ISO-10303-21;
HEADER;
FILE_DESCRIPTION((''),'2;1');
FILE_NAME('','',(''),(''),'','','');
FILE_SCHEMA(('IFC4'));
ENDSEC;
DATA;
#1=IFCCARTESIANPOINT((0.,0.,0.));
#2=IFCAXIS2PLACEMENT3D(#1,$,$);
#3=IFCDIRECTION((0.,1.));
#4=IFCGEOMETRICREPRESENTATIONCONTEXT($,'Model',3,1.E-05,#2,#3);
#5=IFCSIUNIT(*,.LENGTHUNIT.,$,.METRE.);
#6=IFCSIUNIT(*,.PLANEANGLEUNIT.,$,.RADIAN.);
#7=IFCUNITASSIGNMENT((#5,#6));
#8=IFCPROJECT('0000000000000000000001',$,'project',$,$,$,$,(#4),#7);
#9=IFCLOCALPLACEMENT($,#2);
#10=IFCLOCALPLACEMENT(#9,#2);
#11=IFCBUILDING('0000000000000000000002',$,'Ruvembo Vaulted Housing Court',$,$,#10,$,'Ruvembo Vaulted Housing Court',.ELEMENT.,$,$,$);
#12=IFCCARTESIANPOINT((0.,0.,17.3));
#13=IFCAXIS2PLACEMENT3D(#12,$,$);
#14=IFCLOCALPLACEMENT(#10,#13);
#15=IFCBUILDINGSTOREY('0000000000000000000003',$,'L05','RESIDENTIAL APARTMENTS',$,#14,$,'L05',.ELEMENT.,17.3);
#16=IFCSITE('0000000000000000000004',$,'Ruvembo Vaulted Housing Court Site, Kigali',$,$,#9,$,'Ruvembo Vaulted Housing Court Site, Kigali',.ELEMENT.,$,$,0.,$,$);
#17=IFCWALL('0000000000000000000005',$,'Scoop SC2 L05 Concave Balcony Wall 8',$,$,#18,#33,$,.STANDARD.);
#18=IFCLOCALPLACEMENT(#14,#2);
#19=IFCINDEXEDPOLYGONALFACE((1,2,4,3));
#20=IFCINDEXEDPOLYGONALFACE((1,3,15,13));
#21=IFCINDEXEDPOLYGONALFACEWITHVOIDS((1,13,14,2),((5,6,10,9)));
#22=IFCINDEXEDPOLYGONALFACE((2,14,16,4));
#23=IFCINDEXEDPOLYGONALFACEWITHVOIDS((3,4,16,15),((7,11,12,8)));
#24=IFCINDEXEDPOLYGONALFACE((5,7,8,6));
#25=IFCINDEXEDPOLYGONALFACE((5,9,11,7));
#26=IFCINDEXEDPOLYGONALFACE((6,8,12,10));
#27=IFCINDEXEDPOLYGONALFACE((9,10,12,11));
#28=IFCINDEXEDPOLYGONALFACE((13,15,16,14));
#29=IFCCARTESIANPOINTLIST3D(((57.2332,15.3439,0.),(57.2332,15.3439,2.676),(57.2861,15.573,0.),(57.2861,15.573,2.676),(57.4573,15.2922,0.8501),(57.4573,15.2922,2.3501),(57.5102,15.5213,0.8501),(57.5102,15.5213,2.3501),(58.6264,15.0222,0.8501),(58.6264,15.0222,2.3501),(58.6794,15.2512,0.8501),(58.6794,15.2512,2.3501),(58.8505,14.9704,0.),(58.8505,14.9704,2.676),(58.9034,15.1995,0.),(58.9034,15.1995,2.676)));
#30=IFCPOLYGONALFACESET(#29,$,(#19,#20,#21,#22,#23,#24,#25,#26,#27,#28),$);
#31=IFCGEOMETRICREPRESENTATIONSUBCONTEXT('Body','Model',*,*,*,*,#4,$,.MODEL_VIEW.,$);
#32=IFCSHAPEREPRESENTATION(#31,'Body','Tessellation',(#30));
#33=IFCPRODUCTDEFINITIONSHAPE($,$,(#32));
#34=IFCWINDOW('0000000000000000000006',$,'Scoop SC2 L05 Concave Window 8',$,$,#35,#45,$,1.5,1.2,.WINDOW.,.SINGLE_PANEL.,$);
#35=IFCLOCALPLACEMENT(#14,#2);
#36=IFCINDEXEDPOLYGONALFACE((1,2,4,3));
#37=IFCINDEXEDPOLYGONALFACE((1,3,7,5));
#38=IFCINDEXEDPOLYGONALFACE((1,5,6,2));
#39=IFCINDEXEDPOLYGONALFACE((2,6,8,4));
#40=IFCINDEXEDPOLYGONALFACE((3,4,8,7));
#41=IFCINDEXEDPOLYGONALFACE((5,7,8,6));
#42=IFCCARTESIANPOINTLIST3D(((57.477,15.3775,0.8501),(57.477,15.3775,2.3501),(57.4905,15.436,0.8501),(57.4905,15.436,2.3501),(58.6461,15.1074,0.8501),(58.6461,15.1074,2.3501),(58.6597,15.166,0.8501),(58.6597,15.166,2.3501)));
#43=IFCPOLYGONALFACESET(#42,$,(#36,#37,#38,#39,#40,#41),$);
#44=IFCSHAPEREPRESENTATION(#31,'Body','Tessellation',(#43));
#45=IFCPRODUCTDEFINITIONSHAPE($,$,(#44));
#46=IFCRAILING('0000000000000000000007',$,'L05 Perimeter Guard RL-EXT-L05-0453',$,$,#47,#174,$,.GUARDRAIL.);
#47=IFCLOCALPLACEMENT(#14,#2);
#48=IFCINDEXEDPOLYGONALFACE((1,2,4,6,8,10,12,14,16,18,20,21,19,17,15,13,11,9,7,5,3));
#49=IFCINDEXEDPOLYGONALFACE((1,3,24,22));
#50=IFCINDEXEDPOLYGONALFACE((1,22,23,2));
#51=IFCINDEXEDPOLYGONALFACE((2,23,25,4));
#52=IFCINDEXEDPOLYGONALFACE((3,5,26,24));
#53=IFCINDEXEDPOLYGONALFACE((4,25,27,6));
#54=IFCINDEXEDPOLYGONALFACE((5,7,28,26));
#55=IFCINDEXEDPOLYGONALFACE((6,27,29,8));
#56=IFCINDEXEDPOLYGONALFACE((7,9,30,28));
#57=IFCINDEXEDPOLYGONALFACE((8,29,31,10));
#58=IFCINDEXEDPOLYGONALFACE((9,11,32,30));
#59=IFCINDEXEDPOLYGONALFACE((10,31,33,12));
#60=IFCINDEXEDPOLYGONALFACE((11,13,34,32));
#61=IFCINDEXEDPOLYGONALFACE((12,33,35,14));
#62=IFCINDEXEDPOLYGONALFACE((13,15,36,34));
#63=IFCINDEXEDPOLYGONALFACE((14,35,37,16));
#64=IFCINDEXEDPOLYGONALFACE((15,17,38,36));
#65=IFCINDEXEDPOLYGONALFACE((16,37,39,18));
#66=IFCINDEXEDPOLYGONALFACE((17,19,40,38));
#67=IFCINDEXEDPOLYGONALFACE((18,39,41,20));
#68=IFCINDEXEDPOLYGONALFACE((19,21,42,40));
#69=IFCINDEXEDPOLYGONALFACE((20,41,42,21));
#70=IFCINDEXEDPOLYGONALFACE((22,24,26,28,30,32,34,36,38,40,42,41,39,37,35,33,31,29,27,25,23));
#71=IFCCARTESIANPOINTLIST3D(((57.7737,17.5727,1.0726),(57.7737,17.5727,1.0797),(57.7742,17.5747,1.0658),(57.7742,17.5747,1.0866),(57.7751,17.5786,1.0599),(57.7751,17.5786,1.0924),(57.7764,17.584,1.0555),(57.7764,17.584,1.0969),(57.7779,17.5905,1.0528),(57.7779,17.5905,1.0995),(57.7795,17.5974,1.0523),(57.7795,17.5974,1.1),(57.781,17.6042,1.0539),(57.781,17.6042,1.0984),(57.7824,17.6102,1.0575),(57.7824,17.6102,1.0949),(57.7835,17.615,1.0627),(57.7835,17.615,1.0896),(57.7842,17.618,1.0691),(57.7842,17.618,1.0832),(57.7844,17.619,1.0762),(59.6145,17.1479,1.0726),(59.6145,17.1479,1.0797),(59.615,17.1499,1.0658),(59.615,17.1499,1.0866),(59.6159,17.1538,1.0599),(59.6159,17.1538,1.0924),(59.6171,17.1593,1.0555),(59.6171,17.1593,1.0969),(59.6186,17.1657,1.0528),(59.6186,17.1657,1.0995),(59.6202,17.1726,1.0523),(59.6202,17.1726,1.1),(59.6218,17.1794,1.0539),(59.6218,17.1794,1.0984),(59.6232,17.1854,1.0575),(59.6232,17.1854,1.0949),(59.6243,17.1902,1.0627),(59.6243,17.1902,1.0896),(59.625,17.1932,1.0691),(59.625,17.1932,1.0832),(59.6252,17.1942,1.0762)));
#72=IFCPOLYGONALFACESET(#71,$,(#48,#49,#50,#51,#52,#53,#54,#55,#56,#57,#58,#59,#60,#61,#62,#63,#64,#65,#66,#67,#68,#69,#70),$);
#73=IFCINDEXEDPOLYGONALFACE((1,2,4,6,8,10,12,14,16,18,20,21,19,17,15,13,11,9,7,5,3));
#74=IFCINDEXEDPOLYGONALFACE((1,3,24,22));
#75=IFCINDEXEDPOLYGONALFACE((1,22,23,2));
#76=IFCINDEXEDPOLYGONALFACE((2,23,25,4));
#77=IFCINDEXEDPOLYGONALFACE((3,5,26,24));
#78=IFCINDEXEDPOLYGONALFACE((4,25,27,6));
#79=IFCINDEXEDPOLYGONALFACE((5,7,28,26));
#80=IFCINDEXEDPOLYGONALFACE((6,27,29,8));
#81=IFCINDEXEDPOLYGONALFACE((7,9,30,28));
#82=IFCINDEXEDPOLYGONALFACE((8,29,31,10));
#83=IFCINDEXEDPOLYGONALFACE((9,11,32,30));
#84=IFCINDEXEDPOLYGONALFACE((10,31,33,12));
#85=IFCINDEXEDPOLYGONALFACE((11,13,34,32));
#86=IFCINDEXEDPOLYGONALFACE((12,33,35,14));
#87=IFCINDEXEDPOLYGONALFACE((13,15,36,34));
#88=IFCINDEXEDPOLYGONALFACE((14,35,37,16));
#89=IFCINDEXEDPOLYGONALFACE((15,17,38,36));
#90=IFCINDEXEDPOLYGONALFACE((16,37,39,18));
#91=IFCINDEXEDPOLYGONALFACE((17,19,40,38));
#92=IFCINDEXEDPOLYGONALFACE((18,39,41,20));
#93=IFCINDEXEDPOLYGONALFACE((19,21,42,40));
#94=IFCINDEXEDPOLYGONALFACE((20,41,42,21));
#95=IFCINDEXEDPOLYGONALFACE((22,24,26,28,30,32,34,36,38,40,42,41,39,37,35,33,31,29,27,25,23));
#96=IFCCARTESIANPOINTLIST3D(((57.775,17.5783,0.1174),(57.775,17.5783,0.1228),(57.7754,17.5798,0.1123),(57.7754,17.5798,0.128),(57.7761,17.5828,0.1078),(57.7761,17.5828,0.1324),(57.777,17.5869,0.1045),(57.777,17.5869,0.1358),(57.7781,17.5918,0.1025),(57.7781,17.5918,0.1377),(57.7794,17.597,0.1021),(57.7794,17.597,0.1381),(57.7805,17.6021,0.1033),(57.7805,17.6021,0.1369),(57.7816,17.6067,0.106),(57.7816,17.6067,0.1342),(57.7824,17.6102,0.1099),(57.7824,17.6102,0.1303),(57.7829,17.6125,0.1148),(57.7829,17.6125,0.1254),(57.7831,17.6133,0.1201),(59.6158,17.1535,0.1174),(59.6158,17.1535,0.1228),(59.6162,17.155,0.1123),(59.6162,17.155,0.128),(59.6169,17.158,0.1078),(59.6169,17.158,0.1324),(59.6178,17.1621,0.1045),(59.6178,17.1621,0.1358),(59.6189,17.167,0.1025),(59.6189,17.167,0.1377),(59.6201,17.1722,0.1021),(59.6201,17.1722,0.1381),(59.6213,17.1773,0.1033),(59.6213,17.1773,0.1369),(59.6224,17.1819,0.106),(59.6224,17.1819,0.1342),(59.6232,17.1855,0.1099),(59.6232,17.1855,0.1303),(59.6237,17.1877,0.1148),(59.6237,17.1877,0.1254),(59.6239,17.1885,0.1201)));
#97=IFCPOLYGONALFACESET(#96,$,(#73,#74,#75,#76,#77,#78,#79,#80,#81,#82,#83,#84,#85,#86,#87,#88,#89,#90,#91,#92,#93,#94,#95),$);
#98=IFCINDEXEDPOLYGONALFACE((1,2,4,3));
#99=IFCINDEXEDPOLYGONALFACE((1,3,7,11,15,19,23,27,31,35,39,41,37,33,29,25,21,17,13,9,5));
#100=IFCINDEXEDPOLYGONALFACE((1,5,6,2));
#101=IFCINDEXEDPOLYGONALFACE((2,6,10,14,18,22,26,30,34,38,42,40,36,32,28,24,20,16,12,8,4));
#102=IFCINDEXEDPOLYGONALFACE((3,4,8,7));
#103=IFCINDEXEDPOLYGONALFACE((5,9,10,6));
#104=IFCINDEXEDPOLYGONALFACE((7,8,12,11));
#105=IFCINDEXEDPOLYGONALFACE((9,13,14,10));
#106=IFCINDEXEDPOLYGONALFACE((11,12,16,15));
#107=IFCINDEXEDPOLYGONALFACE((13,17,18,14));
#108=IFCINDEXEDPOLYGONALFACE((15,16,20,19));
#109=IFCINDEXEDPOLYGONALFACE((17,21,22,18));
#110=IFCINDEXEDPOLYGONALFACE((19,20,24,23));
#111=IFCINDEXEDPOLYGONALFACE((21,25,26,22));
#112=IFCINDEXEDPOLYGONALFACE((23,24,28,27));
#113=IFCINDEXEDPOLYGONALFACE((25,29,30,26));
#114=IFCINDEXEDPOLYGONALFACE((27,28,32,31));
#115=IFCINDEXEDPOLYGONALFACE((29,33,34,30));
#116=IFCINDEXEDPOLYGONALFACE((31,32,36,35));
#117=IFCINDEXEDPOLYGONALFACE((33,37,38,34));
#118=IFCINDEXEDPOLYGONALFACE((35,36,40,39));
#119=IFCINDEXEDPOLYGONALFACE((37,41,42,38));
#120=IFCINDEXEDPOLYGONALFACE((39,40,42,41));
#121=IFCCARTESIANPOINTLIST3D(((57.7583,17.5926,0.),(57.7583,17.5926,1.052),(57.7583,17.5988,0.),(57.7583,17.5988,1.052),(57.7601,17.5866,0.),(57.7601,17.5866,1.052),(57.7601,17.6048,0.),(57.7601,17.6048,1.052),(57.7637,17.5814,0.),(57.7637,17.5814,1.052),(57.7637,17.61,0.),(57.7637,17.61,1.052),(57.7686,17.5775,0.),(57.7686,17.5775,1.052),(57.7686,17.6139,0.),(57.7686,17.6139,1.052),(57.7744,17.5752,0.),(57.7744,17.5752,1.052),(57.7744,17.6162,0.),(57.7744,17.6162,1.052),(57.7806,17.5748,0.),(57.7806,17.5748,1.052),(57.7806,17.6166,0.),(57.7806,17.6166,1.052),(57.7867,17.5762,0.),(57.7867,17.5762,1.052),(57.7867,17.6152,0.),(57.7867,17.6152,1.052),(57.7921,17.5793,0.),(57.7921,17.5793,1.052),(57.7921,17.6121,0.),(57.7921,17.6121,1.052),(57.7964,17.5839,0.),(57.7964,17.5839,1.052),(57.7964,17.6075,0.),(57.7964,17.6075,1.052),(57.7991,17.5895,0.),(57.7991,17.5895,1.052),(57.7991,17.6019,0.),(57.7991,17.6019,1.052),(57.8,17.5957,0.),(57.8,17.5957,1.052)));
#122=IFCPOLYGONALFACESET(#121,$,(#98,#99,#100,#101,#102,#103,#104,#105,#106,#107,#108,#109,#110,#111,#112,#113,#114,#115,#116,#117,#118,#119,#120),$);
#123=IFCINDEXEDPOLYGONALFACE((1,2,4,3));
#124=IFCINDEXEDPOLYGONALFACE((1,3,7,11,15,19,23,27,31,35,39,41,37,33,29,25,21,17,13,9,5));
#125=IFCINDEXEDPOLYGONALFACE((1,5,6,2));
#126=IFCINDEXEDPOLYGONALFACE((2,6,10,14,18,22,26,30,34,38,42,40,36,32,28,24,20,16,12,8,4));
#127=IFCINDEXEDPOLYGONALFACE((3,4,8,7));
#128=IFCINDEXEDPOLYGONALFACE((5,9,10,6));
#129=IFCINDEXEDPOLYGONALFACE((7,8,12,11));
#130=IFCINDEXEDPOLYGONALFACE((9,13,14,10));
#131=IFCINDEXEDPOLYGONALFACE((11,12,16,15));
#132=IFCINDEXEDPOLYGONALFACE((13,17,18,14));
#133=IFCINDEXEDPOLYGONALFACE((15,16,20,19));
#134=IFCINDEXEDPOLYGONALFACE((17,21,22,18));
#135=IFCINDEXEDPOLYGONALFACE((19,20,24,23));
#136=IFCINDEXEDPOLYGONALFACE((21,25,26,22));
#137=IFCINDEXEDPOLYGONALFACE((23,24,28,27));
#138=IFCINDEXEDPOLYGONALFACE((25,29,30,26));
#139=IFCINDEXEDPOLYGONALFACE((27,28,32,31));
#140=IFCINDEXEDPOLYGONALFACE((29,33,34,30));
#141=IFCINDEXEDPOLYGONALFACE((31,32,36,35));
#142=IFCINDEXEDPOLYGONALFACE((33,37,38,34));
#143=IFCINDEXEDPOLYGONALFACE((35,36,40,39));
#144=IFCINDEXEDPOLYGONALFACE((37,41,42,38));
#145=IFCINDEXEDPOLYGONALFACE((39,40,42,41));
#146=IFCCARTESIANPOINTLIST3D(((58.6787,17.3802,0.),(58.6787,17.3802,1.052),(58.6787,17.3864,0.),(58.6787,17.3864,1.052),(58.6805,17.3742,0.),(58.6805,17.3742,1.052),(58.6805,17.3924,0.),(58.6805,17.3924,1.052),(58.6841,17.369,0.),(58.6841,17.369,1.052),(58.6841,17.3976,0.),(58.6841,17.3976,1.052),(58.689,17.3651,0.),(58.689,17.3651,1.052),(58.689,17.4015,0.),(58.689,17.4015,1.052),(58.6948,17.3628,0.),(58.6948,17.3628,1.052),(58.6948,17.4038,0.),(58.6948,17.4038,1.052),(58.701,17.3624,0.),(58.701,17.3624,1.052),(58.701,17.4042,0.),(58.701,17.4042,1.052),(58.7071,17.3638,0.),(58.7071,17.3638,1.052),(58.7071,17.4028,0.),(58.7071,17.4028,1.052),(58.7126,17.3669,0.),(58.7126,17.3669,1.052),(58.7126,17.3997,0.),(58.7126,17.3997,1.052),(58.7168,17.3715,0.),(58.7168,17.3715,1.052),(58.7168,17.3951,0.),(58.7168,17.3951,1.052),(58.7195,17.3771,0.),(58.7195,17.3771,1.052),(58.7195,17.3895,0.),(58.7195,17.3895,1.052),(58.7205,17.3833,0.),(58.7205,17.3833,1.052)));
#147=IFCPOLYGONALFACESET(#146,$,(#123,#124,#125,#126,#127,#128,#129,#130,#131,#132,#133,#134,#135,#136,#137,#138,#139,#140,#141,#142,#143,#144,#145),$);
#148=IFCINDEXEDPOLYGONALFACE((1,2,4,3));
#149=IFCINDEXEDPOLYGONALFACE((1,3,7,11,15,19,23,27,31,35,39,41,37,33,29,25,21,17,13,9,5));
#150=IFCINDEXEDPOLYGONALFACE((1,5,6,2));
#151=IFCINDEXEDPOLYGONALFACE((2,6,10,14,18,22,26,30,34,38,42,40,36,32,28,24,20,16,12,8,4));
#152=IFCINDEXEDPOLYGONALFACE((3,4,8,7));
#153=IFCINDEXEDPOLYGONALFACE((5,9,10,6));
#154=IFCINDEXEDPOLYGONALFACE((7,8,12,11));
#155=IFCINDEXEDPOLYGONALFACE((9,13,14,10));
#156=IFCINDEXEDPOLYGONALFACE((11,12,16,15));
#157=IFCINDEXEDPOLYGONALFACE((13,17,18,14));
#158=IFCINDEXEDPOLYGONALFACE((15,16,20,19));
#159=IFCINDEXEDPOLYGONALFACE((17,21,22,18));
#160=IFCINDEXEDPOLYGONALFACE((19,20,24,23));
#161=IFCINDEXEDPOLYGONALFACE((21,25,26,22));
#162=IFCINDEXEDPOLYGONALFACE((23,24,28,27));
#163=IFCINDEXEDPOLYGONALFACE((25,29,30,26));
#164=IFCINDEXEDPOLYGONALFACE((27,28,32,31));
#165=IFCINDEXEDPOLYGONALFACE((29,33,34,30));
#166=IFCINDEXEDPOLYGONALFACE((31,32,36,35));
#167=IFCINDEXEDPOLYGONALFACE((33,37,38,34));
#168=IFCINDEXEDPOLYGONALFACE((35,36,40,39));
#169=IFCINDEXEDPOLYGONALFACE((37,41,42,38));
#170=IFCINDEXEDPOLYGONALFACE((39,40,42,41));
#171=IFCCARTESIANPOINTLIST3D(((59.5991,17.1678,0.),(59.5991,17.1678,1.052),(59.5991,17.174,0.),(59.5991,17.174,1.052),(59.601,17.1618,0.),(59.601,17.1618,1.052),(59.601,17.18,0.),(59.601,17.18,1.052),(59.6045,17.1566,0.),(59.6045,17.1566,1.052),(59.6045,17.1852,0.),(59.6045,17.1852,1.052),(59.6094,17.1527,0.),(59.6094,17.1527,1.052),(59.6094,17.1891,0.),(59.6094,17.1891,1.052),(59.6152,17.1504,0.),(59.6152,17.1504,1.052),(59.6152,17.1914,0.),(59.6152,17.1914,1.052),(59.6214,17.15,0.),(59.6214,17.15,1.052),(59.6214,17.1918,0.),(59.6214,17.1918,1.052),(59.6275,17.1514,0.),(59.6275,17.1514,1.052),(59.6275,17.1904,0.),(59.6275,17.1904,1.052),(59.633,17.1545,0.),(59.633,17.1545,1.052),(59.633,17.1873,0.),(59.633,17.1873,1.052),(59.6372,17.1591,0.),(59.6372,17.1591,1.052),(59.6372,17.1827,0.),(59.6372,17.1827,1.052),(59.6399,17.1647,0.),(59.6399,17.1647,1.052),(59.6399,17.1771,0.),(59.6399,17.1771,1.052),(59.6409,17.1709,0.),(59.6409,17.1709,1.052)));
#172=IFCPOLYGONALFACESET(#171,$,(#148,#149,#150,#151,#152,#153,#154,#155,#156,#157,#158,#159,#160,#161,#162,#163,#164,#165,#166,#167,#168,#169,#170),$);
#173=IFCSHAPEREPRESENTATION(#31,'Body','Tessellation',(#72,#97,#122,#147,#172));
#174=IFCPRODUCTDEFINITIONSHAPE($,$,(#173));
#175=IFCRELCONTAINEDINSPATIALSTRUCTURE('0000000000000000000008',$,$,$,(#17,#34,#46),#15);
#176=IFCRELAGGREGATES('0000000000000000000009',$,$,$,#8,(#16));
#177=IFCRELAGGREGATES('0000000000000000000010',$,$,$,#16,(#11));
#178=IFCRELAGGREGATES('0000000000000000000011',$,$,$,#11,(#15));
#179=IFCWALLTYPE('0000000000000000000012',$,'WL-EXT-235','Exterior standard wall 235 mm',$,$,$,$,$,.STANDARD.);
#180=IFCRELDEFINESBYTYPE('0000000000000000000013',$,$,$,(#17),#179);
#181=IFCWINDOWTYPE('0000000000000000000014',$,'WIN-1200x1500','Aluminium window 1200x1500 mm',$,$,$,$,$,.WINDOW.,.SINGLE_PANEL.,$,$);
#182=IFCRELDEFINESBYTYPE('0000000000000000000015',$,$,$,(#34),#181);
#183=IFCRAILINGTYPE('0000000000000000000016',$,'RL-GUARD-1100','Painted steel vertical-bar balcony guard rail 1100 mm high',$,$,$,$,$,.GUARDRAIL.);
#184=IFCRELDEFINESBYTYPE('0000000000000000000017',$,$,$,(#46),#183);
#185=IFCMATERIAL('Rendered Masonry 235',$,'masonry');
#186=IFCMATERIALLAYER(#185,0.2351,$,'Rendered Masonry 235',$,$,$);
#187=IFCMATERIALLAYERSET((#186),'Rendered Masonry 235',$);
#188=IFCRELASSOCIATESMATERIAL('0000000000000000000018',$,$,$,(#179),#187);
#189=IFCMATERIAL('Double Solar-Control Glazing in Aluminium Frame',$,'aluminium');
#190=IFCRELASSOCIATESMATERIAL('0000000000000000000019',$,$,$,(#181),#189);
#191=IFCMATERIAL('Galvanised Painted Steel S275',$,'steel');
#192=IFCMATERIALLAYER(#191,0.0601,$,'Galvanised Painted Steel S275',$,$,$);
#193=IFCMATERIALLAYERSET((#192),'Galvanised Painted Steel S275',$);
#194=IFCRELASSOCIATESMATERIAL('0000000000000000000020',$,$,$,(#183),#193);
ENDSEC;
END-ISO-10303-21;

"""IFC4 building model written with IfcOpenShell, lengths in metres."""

from ifc_helpers import new_model, si_unit, direction, frame, frame_2d, origin, origin_2d, place, context, subcontext, project, spatial, rectangle, circle, extrude, material, layer, layer_set, type_object, element, fill, save


model = new_model("IFC4")

# Units and contexts
model_context = context("Model", 3, precision=1e-05, world=origin(), true_north=direction((0.0, 1.0)))
body_context = subcontext(model_context, "Body", "Model", "MODEL_VIEW")
ifc_project = project(units=[si_unit("LENGTHUNIT", "METRE"), si_unit("PLANEANGLEUNIT", "RADIAN")], contexts=[model_context])

# Site, building, storey
site_placement = place(None, origin())
site = spatial("IfcSite", under=ifc_project, at=site_placement, Name="Ruvembo Vaulted Housing Court Site, Kigali", LongName="Ruvembo Vaulted Housing Court Site, Kigali", CompositionType="ELEMENT", RefElevation=0.0)
building_placement = place(site_placement, origin())
building = spatial("IfcBuilding", under=site, at=building_placement, Name="Ruvembo Vaulted Housing Court", LongName="Ruvembo Vaulted Housing Court", CompositionType="ELEMENT")
storey_placement = place(building_placement, frame((0.0, 0.0, 17.3)))
storey = spatial("IfcBuildingStorey", under=building, at=storey_placement, Name="L05", Description="RESIDENTIAL APARTMENTS", LongName="L05", CompositionType="ELEMENT", Elevation=17.3)

# Shared definitions
ifc_material_1 = material(Name="Rendered Masonry 235", Category="masonry")
ifc_layer_1 = layer(ifc_material_1, 0.2351, Name="Rendered Masonry 235")
ifc_layer_set_1 = layer_set([ifc_layer_1], Name="Rendered Masonry 235")
wall_type_1 = type_object("IfcWallType", Name="WL-EXT-235", Description="Exterior standard wall 235 mm", PredefinedType="STANDARD", material=ifc_layer_set_1)
ifc_material_2 = material(Name="Double Solar-Control Glazing in Aluminium Frame", Category="aluminium")

# Wall, opening, window
wall_1_placement = place(storey_placement, frame((57.2595, 15.4585, 0.0), z_axis=(0.0, 0.0, 1.0), x_axis=(0.974354, -0.225021, 0.0)))
wall_1 = element("IfcWall", 1, at=wall_1_placement, inside=storey, type_object=wall_type_1, Name="Scoop SC2 L05 Concave Balcony Wall 8", PredefinedType="STANDARD", context=body_context, shape_type="SweptSolid", body=[
    extrude(rectangle(XDim=1.6599, YDim=0.2351, at=frame_2d((0.8301, 0.0))), origin(), (0.0, 0.0, 1.0), 2.676),
])
opening_1_placement = place(wall_1_placement, frame((0.23, 0.0, 0.8501)))
opening_1 = element("IfcOpeningElement", 2, at=opening_1_placement, cuts=wall_1, PredefinedType="OPENING", context=body_context, shape_type="SweptSolid", body=[
    extrude(rectangle(XDim=1.2, YDim=1.5, at=frame_2d((0.6001, 0.75))), frame((0.0, 0.1274, 0.0), z_axis=(0.0, -1.0, 0.0), x_axis=(1.0, 0.0, 0.0)), (0.0, 0.0, 1.0), 0.2551),
])
window_type_1 = type_object("IfcWindowType", Name="WIN-1200x1500", Description="Aluminium window 1200x1500 mm", PartitioningType="SINGLE_PANEL", PredefinedType="WINDOW", material=ifc_material_2)
window_1_placement = place(opening_1_placement, origin())
window_1 = element("IfcWindow", 3, at=window_1_placement, inside=storey, type_object=window_type_1, Name="Scoop SC2 L05 Concave Window 8", OverallHeight=1.5, OverallWidth=1.2, PartitioningType="SINGLE_PANEL", PredefinedType="WINDOW", context=body_context, shape_type="SweptSolid", body=[
    extrude(rectangle(XDim=1.2, YDim=1.5, at=frame_2d((0.6001, 0.75))), frame((0.0, 0.03, 0.0), z_axis=(0.0, -1.0, 0.0), x_axis=(1.0, 0.0, 0.0)), (0.0, 0.0, 1.0), 0.0601),
])
fill(opening_1, window_1)

# Railing
ifc_material_3 = material(Name="Galvanised Painted Steel S275", Category="steel")
ifc_layer_2 = layer(ifc_material_3, 0.0601, Name="Galvanised Painted Steel S275")
ifc_layer_set_2 = layer_set([ifc_layer_2], Name="Galvanised Painted Steel S275")
railing_type = type_object("IfcRailingType", Name="RL-GUARD-1100", Description="Painted steel vertical-bar balcony guard rail 1100 mm high", PredefinedType="GUARDRAIL", material=ifc_layer_set_2)
railing_1_placement = place(storey_placement, frame((57.7791, 17.5957, 0.0)))
element("IfcRailing", 4, at=railing_1_placement, inside=storey, type_object=railing_type, Name="L05 Perimeter Guard RL-EXT-L05-0453", PredefinedType="GUARDRAIL", context=body_context, shape_type="SweptSolid", body=[
    extrude(circle(Radius=0.0239, at=origin_2d()), frame((0.0, 0.0, 1.0762), z_axis=(0.974391, -0.22486, 0.0), x_axis=(0.22486, 0.974391, 0.0)), (0.0, 0.0, 1.0), 1.8892),
    extrude(circle(Radius=0.0181, at=origin_2d()), frame((0.0, 0.0, 0.1201), z_axis=(0.974391, -0.22486, 0.0), x_axis=(0.22486, 0.974391, 0.0)), (0.0, 0.0, 1.0), 1.8892),
    extrude(circle(Radius=0.021, at=origin_2d()), origin(), (0.0, 0.0, 1.0), 1.052),
    extrude(circle(Radius=0.021, at=origin_2d()), frame((0.9204, -0.2124, 0.0)), (0.0, 0.0, 1.0), 1.052),
    extrude(circle(Radius=0.021, at=origin_2d()), frame((1.8408, -0.4248, 0.0)), (0.0, 0.0, 1.0), 1.052),
])

save(model, "model.ifc")
